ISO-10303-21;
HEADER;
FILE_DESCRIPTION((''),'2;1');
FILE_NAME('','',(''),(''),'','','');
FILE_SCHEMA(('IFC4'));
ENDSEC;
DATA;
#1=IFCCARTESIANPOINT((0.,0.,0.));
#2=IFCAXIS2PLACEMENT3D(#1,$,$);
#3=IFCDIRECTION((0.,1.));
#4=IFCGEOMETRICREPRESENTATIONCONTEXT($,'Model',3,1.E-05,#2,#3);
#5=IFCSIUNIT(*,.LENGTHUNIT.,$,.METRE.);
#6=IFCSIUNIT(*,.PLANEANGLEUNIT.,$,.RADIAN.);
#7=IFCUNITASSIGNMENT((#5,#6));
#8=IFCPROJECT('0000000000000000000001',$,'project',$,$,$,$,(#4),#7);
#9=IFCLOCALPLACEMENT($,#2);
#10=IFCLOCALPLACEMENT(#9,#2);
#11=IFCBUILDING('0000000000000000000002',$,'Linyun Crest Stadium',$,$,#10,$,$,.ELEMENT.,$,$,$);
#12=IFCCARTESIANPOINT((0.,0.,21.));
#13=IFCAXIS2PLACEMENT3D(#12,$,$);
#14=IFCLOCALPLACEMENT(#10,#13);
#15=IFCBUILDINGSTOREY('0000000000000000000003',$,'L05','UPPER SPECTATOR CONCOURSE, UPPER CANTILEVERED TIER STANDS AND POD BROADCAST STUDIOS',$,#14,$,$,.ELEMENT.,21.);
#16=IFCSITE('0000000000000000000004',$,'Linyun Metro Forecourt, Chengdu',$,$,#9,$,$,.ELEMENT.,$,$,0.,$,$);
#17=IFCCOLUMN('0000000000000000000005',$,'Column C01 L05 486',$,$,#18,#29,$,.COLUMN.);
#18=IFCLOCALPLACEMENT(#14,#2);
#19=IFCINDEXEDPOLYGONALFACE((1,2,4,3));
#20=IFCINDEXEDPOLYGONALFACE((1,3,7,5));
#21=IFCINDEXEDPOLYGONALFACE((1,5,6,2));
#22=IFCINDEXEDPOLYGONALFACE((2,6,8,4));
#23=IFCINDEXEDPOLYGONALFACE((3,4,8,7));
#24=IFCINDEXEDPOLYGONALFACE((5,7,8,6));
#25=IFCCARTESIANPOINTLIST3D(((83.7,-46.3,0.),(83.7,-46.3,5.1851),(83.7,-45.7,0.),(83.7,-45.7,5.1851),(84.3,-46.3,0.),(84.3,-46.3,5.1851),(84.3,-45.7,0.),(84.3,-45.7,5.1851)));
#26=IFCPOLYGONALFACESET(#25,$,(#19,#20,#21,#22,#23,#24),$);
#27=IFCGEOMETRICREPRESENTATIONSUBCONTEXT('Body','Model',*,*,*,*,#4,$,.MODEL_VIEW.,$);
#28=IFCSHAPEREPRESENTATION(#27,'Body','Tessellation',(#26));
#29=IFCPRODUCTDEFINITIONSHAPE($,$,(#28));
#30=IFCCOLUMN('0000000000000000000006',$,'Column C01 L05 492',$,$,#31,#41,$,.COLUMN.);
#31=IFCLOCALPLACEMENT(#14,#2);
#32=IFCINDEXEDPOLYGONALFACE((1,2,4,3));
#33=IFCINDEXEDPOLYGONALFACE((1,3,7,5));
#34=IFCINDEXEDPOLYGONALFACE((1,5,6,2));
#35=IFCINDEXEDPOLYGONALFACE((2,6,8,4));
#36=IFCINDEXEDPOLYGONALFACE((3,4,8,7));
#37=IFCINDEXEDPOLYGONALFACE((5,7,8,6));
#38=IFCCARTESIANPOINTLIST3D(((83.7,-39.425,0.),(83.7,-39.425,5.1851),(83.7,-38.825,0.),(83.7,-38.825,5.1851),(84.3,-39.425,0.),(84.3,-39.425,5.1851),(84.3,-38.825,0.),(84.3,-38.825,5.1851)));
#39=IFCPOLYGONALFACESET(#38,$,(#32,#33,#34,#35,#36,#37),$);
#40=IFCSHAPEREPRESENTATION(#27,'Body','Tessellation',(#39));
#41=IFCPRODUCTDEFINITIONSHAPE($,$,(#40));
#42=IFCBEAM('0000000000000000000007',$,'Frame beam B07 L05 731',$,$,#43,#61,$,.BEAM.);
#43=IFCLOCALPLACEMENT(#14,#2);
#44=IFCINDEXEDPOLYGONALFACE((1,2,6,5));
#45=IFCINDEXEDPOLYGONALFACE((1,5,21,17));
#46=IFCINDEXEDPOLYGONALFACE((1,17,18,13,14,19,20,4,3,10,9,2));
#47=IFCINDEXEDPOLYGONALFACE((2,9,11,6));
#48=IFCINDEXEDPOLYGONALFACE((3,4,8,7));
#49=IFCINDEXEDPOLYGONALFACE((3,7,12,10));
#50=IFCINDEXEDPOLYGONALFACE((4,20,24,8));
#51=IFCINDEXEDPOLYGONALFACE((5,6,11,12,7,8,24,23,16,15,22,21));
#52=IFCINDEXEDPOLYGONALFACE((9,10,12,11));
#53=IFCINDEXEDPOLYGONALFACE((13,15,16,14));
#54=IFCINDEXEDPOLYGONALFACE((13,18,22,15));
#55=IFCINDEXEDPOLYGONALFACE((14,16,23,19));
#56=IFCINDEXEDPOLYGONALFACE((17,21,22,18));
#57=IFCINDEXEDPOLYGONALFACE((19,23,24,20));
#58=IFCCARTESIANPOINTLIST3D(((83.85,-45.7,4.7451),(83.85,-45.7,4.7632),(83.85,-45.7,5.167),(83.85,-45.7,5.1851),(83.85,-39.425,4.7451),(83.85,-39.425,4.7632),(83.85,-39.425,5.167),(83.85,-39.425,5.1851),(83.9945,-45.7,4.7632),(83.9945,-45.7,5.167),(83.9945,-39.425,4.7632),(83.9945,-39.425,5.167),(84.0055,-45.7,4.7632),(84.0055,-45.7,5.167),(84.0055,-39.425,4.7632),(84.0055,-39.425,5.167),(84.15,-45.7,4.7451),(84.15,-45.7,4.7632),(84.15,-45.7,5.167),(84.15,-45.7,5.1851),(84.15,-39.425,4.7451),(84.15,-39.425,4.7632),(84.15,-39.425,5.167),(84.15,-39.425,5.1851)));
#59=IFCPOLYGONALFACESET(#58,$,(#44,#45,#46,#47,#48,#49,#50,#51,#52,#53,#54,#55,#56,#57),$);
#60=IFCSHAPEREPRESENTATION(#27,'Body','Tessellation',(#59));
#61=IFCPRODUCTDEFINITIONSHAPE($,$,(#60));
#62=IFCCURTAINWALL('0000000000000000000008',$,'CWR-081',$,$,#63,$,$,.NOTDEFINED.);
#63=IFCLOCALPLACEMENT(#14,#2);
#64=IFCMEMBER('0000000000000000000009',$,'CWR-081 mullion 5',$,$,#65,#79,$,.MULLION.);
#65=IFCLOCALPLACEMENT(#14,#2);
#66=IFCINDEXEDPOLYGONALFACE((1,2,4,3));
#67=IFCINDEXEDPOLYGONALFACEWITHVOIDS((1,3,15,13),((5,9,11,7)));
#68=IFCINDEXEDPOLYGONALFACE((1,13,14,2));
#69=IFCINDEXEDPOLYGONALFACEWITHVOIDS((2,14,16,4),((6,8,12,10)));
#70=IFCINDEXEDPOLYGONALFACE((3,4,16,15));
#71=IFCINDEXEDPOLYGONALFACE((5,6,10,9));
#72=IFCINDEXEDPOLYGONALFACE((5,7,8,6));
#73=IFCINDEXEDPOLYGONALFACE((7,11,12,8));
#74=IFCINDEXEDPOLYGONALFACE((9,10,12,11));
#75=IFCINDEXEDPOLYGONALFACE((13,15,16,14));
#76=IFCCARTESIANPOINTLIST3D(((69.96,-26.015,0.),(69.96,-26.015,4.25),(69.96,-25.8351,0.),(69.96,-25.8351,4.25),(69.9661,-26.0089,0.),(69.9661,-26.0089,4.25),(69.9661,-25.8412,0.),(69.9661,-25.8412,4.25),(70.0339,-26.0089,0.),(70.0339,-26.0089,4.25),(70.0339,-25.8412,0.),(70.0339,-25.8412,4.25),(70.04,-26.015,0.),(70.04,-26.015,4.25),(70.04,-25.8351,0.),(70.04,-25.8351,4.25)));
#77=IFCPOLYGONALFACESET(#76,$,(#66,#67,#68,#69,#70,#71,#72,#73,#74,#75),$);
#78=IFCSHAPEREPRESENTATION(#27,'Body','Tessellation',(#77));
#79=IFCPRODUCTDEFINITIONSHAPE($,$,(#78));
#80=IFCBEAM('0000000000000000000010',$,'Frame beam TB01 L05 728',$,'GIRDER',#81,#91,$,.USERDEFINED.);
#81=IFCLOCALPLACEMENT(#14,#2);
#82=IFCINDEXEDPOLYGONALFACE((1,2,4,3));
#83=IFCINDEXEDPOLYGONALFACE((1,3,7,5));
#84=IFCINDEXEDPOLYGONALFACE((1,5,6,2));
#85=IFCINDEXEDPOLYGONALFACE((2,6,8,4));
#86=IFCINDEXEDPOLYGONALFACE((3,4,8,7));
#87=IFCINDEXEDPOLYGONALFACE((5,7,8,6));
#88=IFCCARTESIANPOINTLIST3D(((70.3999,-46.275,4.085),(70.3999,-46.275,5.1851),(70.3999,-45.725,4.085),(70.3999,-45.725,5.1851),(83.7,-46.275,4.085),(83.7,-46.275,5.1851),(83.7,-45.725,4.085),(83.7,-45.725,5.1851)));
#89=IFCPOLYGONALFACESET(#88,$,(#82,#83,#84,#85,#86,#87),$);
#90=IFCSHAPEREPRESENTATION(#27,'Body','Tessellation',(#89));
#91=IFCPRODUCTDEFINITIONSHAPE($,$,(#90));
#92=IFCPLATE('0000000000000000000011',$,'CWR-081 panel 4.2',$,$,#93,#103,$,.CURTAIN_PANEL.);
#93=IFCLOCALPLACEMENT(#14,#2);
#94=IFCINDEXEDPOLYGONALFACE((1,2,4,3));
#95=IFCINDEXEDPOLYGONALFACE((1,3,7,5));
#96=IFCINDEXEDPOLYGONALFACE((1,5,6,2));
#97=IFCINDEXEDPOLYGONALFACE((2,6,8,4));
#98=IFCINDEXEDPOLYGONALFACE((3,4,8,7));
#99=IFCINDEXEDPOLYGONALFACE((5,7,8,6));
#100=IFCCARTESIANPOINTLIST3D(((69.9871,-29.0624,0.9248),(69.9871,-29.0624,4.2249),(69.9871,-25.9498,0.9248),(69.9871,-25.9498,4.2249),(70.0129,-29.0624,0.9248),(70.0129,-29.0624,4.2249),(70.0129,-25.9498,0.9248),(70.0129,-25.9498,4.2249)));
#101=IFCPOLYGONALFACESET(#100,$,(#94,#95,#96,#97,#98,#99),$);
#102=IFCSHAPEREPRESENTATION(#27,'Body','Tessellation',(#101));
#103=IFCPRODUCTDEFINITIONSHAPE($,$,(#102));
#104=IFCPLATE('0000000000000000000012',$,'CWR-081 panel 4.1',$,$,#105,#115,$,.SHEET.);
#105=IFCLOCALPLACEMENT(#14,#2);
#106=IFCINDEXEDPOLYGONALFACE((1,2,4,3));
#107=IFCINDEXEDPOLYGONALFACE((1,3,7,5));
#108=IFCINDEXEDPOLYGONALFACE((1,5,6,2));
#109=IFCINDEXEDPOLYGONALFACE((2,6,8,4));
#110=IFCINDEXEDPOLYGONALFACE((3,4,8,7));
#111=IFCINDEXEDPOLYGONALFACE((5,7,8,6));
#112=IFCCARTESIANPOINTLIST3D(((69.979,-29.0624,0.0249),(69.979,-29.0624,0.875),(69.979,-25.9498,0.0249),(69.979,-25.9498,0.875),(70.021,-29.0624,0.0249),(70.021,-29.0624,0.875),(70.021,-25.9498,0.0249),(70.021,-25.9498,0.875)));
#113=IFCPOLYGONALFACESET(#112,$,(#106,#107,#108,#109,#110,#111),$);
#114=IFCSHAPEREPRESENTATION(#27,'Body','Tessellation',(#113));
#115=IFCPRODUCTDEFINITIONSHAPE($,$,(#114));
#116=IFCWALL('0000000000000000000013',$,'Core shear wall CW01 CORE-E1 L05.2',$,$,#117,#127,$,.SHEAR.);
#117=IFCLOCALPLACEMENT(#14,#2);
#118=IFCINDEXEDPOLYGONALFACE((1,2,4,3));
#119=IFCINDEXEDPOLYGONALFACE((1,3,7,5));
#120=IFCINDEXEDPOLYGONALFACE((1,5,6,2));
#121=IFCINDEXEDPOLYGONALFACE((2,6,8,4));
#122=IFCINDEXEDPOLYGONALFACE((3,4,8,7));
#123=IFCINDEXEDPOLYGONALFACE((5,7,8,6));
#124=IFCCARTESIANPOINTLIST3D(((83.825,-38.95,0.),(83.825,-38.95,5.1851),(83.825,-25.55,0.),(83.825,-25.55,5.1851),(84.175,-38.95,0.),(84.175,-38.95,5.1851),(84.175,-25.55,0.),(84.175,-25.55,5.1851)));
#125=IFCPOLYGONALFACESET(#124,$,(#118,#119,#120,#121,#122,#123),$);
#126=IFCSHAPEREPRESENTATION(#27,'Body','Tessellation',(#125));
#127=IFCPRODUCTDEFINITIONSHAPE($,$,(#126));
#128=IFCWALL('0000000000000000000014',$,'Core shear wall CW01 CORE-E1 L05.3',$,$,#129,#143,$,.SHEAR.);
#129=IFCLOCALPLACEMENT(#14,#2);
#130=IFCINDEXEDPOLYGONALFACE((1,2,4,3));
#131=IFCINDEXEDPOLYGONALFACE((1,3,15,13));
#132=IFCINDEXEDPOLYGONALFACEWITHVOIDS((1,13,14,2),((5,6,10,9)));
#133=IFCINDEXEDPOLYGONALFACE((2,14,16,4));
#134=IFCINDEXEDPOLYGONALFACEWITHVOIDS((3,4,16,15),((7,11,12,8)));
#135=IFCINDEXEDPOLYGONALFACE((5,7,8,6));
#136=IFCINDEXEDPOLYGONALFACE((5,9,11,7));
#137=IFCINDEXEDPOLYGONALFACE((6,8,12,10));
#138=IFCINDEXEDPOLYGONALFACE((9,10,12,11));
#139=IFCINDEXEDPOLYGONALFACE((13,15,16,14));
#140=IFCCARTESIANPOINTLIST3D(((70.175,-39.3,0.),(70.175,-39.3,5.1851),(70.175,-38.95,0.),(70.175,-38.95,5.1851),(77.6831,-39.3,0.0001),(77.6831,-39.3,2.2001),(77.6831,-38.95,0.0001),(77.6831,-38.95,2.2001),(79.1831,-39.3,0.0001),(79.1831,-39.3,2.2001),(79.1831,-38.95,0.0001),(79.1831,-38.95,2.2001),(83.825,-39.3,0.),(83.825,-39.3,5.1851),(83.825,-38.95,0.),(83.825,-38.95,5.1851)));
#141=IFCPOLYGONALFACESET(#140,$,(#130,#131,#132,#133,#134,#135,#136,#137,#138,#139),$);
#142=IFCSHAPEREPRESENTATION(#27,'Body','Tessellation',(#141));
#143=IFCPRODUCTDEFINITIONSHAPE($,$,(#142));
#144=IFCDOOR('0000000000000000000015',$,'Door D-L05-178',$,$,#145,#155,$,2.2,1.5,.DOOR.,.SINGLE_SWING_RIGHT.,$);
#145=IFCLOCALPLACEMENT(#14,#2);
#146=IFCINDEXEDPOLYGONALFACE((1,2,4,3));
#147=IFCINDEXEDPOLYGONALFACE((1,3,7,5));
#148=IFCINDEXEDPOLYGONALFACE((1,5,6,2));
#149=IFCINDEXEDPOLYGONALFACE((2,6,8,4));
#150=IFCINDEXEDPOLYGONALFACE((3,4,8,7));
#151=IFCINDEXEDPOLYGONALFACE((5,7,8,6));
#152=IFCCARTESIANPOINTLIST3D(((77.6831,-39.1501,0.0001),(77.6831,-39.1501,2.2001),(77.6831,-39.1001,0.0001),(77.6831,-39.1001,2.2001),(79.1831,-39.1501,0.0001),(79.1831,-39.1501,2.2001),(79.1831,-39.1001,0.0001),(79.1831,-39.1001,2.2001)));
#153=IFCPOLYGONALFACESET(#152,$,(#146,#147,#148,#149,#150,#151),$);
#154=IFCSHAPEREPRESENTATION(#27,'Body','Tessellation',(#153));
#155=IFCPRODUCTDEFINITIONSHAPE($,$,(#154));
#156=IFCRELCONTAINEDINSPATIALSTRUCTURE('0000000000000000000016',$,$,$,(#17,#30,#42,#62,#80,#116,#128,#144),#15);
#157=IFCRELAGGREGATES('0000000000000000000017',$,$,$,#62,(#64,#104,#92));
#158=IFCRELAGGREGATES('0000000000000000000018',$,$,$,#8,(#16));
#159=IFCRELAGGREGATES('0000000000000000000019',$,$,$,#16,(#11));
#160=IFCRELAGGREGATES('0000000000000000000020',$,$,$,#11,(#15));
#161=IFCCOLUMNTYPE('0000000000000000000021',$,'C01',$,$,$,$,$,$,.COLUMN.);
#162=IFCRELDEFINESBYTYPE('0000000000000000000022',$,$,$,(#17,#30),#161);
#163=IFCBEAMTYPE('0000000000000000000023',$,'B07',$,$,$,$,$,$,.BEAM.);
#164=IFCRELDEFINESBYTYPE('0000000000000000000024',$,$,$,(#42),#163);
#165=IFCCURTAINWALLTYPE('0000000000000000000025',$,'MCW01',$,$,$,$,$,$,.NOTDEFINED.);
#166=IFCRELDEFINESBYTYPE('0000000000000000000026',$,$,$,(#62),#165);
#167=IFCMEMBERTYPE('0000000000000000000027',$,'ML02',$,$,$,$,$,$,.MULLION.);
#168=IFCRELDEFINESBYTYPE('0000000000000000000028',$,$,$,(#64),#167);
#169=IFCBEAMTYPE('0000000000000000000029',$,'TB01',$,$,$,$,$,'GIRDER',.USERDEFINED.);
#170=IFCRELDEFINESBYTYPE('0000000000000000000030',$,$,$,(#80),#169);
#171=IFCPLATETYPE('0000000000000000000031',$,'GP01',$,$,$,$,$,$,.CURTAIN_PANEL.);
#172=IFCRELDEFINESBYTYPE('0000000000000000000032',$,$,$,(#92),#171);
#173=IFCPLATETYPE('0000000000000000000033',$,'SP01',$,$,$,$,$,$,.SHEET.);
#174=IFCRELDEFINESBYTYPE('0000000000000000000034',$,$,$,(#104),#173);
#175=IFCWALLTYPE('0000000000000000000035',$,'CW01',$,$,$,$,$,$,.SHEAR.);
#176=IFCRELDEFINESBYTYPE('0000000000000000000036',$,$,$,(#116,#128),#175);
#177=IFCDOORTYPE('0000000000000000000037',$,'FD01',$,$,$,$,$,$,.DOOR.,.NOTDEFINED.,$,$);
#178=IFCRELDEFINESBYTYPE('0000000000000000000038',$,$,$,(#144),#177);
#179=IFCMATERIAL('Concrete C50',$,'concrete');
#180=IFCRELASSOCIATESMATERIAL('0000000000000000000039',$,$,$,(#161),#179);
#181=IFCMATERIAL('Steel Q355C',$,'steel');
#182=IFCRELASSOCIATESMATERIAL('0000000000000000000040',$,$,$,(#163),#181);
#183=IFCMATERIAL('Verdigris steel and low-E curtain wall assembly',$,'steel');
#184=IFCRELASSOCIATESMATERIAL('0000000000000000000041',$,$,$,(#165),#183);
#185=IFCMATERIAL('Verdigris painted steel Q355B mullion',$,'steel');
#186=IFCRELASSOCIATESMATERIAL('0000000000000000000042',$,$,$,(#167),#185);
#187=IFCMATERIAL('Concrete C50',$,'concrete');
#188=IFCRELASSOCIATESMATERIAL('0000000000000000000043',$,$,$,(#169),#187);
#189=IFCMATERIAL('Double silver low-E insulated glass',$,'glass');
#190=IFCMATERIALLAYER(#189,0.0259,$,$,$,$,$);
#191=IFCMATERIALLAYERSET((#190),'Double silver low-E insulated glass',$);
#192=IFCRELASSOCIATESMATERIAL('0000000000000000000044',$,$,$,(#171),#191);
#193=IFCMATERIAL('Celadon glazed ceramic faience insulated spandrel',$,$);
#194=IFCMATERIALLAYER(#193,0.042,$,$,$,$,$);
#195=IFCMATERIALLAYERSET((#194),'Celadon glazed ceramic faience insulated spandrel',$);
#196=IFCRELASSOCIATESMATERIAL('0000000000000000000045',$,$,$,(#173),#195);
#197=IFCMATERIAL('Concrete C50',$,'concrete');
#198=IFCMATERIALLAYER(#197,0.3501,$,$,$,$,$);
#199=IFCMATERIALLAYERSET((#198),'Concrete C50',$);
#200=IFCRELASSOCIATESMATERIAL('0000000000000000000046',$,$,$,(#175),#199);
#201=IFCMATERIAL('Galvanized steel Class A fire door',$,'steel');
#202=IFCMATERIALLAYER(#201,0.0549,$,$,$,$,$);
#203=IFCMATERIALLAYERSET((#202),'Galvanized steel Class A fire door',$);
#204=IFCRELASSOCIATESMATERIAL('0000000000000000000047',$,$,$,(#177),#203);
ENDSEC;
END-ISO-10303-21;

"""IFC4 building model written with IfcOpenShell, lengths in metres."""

from ifc_helpers import new_model, si_unit, direction, frame, frame_2d, origin, origin_2d, place, context, subcontext, project, spatial, rectangle, hollow_rectangle, i_section, extrude, material, layer, layer_set, material_profile, profile_set, type_object, element, fill, aggregate, save


model = new_model("IFC4")

# Units and contexts
model_context = context("Model", 3, precision=1e-05, world=origin(), true_north=direction((0.0, 1.0)))
body_context = subcontext(model_context, "Body", "Model", "MODEL_VIEW")
ifc_project = project(units=[si_unit("LENGTHUNIT", "METRE"), si_unit("PLANEANGLEUNIT", "RADIAN")], contexts=[model_context])

# Site, building, storey
site_placement = place(None, origin())
site = spatial("IfcSite", under=ifc_project, at=site_placement, Name="Linyun Metro Forecourt, Chengdu", CompositionType="ELEMENT", RefElevation=0.0)
building_placement = place(site_placement, origin())
building = spatial("IfcBuilding", under=site, at=building_placement, Name="Linyun Crest Stadium", CompositionType="ELEMENT")
storey_placement = place(building_placement, frame((0.0, 0.0, 21.0)))
storey = spatial("IfcBuildingStorey", under=building, at=storey_placement, Name="L05", Description="UPPER SPECTATOR CONCOURSE, UPPER CANTILEVERED TIER STANDS AND POD BROADCAST STUDIOS", CompositionType="ELEMENT", Elevation=21.0)

# Columns
ifc_material_1 = material(Name="Concrete C50", Category="concrete")
ifc_material_profile_1 = material_profile(ifc_material_1, rectangle(XDim=0.6001, YDim=0.6001, at=origin_2d()), Name="RC 600x600")
ifc_profile_set_1 = profile_set([ifc_material_profile_1], Name="Concrete C50")
column_type = type_object("IfcColumnType", Name="C01", PredefinedType="COLUMN", material=ifc_profile_set_1)
for number, where, z_axis, x_axis, name in (
    (1, (84.0, -46.0, 0.0), (0.0, 0.0, 1.0), (1.0, 0.0, 0.0), "Column C01 L05 486"),
    (2, (84.0, -39.125, 0.0), (0.0, 0.0, 1.0), (1.0, 0.0, 0.0), "Column C01 L05 492"),
):
    element("IfcColumn", number, at=place(storey_placement, frame(where, z_axis=z_axis, x_axis=x_axis)), inside=storey, type_object=column_type, Name=name, PredefinedType="COLUMN", context=body_context, shape_type="SweptSolid", body=[
        extrude(rectangle(XDim=0.6001, YDim=0.6001, at=origin_2d()), origin(), (0.0, 0.0, 1.0), 5.1851),
    ])

# Beam
ifc_material_2 = material(Name="Steel Q355C", Category="steel")
ifc_material_profile_2 = material_profile(ifc_material_2, i_section(OverallWidth=0.3, OverallDepth=0.4399, WebThickness=0.011, FlangeThickness=0.0181, at=origin_2d()), Name="HM 440x300")
ifc_profile_set_2 = profile_set([ifc_material_profile_2], Name="Steel Q355C")
beam_type_1 = type_object("IfcBeamType", Name="B07", PredefinedType="BEAM", material=ifc_profile_set_2)
beam_1_placement = place(storey_placement, frame((84.0, -45.7, 4.9651), z_axis=(0.0, 1.0, 0.0), x_axis=(-1.0, 0.0, 0.0)))
element("IfcBeam", 3, at=beam_1_placement, inside=storey, type_object=beam_type_1, Name="Frame beam B07 L05 731", PredefinedType="BEAM", context=body_context, shape_type="SweptSolid", body=[
    extrude(i_section(OverallWidth=0.3, OverallDepth=0.4399, WebThickness=0.011, FlangeThickness=0.0181, at=origin_2d()), origin(), (0.0, 0.0, 1.0), 6.2749),
])

# Curtain wall, member
ifc_material_3 = material(Name="Verdigris steel and low-E curtain wall assembly", Category="steel")
curtain_wall_type = type_object("IfcCurtainWallType", Name="MCW01", PredefinedType="NOTDEFINED", material=ifc_material_3)
curtain_wall_placement = place(storey_placement, origin())
curtain_wall = element("IfcCurtainWall", 4, at=curtain_wall_placement, inside=storey, type_object=curtain_wall_type, Name="CWR-081", PredefinedType="NOTDEFINED")
ifc_material_4 = material(Name="Verdigris painted steel Q355B mullion", Category="steel")
ifc_material_profile_3 = material_profile(ifc_material_4, hollow_rectangle(XDim=0.0801, YDim=0.1799, WallThickness=0.0061, at=origin_2d()), Name="RHS 180x80x6")
ifc_profile_set_3 = profile_set([ifc_material_profile_3], Name="Verdigris painted steel Q355B mullion")
member_type = type_object("IfcMemberType", Name="ML02", PredefinedType="MULLION", material=ifc_profile_set_3)
member_placement = place(storey_placement, frame((70.0, -25.925, 0.0), z_axis=(0.0, 0.0, 1.0), x_axis=(-1.0, 0.0, 0.0)))
member = element("IfcMember", 5, at=member_placement, type_object=member_type, Name="CWR-081 mullion 5", PredefinedType="MULLION", context=body_context, shape_type="SweptSolid", body=[
    extrude(hollow_rectangle(XDim=0.0801, YDim=0.1799, WallThickness=0.0061, at=origin_2d()), origin(), (0.0, 0.0, 1.0), 4.25),
])

# Beam
ifc_material_5 = material(Name="Concrete C50", Category="concrete")
ifc_material_profile_4 = material_profile(ifc_material_5, rectangle(XDim=0.55, YDim=1.1001, at=origin_2d()), Name="RCB 1100x550")
ifc_profile_set_4 = profile_set([ifc_material_profile_4], Name="Concrete C50")
beam_type_2 = type_object("IfcBeamType", Name="TB01", ElementType="GIRDER", PredefinedType="USERDEFINED", material=ifc_profile_set_4)
beam_2_placement = place(storey_placement, frame((70.3999, -46.0, 4.635), z_axis=(1.0, 0.0, 0.0), x_axis=(0.0, 1.0, 0.0)))
element("IfcBeam", 6, at=beam_2_placement, inside=storey, type_object=beam_type_2, Name="Frame beam TB01 L05 728", ObjectType="GIRDER", PredefinedType="USERDEFINED", context=body_context, shape_type="SweptSolid", body=[
    extrude(rectangle(XDim=0.55, YDim=1.1001, at=origin_2d()), origin(), (0.0, 0.0, 1.0), 13.3),
])

# Plates
ifc_material_6 = material(Name="Double silver low-E insulated glass", Category="glass")
ifc_layer_1 = layer(ifc_material_6, 0.0259)
ifc_layer_set_1 = layer_set([ifc_layer_1], Name="Double silver low-E insulated glass")
plate_type_1 = type_object("IfcPlateType", Name="GP01", PredefinedType="CURTAIN_PANEL", material=ifc_layer_set_1)
plate_1_placement = place(storey_placement, frame((70.0, -27.5061, 0.9248), z_axis=(0.0, 0.0, 1.0), x_axis=(0.0, 1.0, 0.0)))
plate_1 = element("IfcPlate", 7, at=plate_1_placement, type_object=plate_type_1, Name="CWR-081 panel 4.2", PredefinedType="CURTAIN_PANEL", context=body_context, shape_type="SweptSolid", body=[
    extrude(rectangle(XDim=3.1125, YDim=0.0259, at=origin_2d()), origin(), (0.0, 0.0, 1.0), 3.3),
])
ifc_material_7 = material(Name="Celadon glazed ceramic faience insulated spandrel")
ifc_layer_2 = layer(ifc_material_7, 0.042)
ifc_layer_set_2 = layer_set([ifc_layer_2], Name="Celadon glazed ceramic faience insulated spandrel")
plate_type_2 = type_object("IfcPlateType", Name="SP01", PredefinedType="SHEET", material=ifc_layer_set_2)
plate_2_placement = place(storey_placement, frame((70.0, -27.5061, 0.0249), z_axis=(0.0, 0.0, 1.0), x_axis=(0.0, 1.0, 0.0)))
plate_2 = element("IfcPlate", 8, at=plate_2_placement, type_object=plate_type_2, Name="CWR-081 panel 4.1", PredefinedType="SHEET", context=body_context, shape_type="SweptSolid", body=[
    extrude(rectangle(XDim=3.1125, YDim=0.042, at=origin_2d()), origin(), (0.0, 0.0, 1.0), 0.8501),
])
aggregate(curtain_wall, [member, plate_2, plate_1])

# Wall
ifc_material_8 = material(Name="Concrete C50", Category="concrete")
ifc_layer_3 = layer(ifc_material_8, 0.3501)
ifc_layer_set_3 = layer_set([ifc_layer_3], Name="Concrete C50")
wall_type_1 = type_object("IfcWallType", Name="CW01", PredefinedType="SHEAR", material=ifc_layer_set_3)
wall_1_placement = place(storey_placement, frame((84.0, -38.95, 0.0), z_axis=(0.0, 0.0, 1.0), x_axis=(0.0, 1.0, 0.0)))
element("IfcWall", 9, at=wall_1_placement, inside=storey, type_object=wall_type_1, Name="Core shear wall CW01 CORE-E1 L05.2", PredefinedType="SHEAR", context=body_context, shape_type="SweptSolid", body=[
    extrude(rectangle(XDim=13.3999, YDim=0.3501, at=frame_2d((6.7, 0.0))), origin(), (0.0, 0.0, 1.0), 5.1851),
])

# Wall, opening, door
wall_2_placement = place(storey_placement, frame((70.175, -39.125, 0.0), z_axis=(0.0, 0.0, 1.0), x_axis=(1.0, 0.0, 0.0)))
wall_2 = element("IfcWall", 10, at=wall_2_placement, inside=storey, type_object=wall_type_1, Name="Core shear wall CW01 CORE-E1 L05.3", PredefinedType="SHEAR", context=body_context, shape_type="SweptSolid", body=[
    extrude(rectangle(XDim=13.6499, YDim=0.3501, at=frame_2d((6.825, 0.0))), origin(), (0.0, 0.0, 1.0), 5.1851),
])
opening_1_placement = place(wall_2_placement, frame((7.5081, 0.0, 0.0)))
opening_1 = element("IfcOpeningElement", 11, at=opening_1_placement, cuts=wall_2, PredefinedType="OPENING", context=body_context, shape_type="SweptSolid", body=[
    extrude(rectangle(XDim=1.5, YDim=2.2, at=frame_2d((0.75, 1.1001))), frame((0.0, 0.1851, 0.0), z_axis=(0.0, -1.0, 0.0), x_axis=(1.0, 0.0, 0.0)), (0.0, 0.0, 1.0), 0.3701),
])
ifc_material_9 = material(Name="Galvanized steel Class A fire door", Category="steel")
ifc_layer_4 = layer(ifc_material_9, 0.0549)
ifc_layer_set_4 = layer_set([ifc_layer_4], Name="Galvanized steel Class A fire door")
door_type_1 = type_object("IfcDoorType", Name="FD01", OperationType="NOTDEFINED", PredefinedType="DOOR", material=ifc_layer_set_4)
door_1_placement = place(opening_1_placement, origin())
door_1 = element("IfcDoor", 12, at=door_1_placement, inside=storey, type_object=door_type_1, Name="Door D-L05-178", OperationType="SINGLE_SWING_RIGHT", OverallHeight=2.2, OverallWidth=1.5, PredefinedType="DOOR", context=body_context, shape_type="SweptSolid", body=[
    extrude(rectangle(XDim=1.5, YDim=2.2, at=frame_2d((0.75, 1.1001))), frame((0.0, 0.0249, 0.0), z_axis=(0.0, -1.0, 0.0), x_axis=(1.0, 0.0, 0.0)), (0.0, 0.0, 1.0), 0.05),
])
fill(opening_1, door_1)

save(model, "model.ifc")
